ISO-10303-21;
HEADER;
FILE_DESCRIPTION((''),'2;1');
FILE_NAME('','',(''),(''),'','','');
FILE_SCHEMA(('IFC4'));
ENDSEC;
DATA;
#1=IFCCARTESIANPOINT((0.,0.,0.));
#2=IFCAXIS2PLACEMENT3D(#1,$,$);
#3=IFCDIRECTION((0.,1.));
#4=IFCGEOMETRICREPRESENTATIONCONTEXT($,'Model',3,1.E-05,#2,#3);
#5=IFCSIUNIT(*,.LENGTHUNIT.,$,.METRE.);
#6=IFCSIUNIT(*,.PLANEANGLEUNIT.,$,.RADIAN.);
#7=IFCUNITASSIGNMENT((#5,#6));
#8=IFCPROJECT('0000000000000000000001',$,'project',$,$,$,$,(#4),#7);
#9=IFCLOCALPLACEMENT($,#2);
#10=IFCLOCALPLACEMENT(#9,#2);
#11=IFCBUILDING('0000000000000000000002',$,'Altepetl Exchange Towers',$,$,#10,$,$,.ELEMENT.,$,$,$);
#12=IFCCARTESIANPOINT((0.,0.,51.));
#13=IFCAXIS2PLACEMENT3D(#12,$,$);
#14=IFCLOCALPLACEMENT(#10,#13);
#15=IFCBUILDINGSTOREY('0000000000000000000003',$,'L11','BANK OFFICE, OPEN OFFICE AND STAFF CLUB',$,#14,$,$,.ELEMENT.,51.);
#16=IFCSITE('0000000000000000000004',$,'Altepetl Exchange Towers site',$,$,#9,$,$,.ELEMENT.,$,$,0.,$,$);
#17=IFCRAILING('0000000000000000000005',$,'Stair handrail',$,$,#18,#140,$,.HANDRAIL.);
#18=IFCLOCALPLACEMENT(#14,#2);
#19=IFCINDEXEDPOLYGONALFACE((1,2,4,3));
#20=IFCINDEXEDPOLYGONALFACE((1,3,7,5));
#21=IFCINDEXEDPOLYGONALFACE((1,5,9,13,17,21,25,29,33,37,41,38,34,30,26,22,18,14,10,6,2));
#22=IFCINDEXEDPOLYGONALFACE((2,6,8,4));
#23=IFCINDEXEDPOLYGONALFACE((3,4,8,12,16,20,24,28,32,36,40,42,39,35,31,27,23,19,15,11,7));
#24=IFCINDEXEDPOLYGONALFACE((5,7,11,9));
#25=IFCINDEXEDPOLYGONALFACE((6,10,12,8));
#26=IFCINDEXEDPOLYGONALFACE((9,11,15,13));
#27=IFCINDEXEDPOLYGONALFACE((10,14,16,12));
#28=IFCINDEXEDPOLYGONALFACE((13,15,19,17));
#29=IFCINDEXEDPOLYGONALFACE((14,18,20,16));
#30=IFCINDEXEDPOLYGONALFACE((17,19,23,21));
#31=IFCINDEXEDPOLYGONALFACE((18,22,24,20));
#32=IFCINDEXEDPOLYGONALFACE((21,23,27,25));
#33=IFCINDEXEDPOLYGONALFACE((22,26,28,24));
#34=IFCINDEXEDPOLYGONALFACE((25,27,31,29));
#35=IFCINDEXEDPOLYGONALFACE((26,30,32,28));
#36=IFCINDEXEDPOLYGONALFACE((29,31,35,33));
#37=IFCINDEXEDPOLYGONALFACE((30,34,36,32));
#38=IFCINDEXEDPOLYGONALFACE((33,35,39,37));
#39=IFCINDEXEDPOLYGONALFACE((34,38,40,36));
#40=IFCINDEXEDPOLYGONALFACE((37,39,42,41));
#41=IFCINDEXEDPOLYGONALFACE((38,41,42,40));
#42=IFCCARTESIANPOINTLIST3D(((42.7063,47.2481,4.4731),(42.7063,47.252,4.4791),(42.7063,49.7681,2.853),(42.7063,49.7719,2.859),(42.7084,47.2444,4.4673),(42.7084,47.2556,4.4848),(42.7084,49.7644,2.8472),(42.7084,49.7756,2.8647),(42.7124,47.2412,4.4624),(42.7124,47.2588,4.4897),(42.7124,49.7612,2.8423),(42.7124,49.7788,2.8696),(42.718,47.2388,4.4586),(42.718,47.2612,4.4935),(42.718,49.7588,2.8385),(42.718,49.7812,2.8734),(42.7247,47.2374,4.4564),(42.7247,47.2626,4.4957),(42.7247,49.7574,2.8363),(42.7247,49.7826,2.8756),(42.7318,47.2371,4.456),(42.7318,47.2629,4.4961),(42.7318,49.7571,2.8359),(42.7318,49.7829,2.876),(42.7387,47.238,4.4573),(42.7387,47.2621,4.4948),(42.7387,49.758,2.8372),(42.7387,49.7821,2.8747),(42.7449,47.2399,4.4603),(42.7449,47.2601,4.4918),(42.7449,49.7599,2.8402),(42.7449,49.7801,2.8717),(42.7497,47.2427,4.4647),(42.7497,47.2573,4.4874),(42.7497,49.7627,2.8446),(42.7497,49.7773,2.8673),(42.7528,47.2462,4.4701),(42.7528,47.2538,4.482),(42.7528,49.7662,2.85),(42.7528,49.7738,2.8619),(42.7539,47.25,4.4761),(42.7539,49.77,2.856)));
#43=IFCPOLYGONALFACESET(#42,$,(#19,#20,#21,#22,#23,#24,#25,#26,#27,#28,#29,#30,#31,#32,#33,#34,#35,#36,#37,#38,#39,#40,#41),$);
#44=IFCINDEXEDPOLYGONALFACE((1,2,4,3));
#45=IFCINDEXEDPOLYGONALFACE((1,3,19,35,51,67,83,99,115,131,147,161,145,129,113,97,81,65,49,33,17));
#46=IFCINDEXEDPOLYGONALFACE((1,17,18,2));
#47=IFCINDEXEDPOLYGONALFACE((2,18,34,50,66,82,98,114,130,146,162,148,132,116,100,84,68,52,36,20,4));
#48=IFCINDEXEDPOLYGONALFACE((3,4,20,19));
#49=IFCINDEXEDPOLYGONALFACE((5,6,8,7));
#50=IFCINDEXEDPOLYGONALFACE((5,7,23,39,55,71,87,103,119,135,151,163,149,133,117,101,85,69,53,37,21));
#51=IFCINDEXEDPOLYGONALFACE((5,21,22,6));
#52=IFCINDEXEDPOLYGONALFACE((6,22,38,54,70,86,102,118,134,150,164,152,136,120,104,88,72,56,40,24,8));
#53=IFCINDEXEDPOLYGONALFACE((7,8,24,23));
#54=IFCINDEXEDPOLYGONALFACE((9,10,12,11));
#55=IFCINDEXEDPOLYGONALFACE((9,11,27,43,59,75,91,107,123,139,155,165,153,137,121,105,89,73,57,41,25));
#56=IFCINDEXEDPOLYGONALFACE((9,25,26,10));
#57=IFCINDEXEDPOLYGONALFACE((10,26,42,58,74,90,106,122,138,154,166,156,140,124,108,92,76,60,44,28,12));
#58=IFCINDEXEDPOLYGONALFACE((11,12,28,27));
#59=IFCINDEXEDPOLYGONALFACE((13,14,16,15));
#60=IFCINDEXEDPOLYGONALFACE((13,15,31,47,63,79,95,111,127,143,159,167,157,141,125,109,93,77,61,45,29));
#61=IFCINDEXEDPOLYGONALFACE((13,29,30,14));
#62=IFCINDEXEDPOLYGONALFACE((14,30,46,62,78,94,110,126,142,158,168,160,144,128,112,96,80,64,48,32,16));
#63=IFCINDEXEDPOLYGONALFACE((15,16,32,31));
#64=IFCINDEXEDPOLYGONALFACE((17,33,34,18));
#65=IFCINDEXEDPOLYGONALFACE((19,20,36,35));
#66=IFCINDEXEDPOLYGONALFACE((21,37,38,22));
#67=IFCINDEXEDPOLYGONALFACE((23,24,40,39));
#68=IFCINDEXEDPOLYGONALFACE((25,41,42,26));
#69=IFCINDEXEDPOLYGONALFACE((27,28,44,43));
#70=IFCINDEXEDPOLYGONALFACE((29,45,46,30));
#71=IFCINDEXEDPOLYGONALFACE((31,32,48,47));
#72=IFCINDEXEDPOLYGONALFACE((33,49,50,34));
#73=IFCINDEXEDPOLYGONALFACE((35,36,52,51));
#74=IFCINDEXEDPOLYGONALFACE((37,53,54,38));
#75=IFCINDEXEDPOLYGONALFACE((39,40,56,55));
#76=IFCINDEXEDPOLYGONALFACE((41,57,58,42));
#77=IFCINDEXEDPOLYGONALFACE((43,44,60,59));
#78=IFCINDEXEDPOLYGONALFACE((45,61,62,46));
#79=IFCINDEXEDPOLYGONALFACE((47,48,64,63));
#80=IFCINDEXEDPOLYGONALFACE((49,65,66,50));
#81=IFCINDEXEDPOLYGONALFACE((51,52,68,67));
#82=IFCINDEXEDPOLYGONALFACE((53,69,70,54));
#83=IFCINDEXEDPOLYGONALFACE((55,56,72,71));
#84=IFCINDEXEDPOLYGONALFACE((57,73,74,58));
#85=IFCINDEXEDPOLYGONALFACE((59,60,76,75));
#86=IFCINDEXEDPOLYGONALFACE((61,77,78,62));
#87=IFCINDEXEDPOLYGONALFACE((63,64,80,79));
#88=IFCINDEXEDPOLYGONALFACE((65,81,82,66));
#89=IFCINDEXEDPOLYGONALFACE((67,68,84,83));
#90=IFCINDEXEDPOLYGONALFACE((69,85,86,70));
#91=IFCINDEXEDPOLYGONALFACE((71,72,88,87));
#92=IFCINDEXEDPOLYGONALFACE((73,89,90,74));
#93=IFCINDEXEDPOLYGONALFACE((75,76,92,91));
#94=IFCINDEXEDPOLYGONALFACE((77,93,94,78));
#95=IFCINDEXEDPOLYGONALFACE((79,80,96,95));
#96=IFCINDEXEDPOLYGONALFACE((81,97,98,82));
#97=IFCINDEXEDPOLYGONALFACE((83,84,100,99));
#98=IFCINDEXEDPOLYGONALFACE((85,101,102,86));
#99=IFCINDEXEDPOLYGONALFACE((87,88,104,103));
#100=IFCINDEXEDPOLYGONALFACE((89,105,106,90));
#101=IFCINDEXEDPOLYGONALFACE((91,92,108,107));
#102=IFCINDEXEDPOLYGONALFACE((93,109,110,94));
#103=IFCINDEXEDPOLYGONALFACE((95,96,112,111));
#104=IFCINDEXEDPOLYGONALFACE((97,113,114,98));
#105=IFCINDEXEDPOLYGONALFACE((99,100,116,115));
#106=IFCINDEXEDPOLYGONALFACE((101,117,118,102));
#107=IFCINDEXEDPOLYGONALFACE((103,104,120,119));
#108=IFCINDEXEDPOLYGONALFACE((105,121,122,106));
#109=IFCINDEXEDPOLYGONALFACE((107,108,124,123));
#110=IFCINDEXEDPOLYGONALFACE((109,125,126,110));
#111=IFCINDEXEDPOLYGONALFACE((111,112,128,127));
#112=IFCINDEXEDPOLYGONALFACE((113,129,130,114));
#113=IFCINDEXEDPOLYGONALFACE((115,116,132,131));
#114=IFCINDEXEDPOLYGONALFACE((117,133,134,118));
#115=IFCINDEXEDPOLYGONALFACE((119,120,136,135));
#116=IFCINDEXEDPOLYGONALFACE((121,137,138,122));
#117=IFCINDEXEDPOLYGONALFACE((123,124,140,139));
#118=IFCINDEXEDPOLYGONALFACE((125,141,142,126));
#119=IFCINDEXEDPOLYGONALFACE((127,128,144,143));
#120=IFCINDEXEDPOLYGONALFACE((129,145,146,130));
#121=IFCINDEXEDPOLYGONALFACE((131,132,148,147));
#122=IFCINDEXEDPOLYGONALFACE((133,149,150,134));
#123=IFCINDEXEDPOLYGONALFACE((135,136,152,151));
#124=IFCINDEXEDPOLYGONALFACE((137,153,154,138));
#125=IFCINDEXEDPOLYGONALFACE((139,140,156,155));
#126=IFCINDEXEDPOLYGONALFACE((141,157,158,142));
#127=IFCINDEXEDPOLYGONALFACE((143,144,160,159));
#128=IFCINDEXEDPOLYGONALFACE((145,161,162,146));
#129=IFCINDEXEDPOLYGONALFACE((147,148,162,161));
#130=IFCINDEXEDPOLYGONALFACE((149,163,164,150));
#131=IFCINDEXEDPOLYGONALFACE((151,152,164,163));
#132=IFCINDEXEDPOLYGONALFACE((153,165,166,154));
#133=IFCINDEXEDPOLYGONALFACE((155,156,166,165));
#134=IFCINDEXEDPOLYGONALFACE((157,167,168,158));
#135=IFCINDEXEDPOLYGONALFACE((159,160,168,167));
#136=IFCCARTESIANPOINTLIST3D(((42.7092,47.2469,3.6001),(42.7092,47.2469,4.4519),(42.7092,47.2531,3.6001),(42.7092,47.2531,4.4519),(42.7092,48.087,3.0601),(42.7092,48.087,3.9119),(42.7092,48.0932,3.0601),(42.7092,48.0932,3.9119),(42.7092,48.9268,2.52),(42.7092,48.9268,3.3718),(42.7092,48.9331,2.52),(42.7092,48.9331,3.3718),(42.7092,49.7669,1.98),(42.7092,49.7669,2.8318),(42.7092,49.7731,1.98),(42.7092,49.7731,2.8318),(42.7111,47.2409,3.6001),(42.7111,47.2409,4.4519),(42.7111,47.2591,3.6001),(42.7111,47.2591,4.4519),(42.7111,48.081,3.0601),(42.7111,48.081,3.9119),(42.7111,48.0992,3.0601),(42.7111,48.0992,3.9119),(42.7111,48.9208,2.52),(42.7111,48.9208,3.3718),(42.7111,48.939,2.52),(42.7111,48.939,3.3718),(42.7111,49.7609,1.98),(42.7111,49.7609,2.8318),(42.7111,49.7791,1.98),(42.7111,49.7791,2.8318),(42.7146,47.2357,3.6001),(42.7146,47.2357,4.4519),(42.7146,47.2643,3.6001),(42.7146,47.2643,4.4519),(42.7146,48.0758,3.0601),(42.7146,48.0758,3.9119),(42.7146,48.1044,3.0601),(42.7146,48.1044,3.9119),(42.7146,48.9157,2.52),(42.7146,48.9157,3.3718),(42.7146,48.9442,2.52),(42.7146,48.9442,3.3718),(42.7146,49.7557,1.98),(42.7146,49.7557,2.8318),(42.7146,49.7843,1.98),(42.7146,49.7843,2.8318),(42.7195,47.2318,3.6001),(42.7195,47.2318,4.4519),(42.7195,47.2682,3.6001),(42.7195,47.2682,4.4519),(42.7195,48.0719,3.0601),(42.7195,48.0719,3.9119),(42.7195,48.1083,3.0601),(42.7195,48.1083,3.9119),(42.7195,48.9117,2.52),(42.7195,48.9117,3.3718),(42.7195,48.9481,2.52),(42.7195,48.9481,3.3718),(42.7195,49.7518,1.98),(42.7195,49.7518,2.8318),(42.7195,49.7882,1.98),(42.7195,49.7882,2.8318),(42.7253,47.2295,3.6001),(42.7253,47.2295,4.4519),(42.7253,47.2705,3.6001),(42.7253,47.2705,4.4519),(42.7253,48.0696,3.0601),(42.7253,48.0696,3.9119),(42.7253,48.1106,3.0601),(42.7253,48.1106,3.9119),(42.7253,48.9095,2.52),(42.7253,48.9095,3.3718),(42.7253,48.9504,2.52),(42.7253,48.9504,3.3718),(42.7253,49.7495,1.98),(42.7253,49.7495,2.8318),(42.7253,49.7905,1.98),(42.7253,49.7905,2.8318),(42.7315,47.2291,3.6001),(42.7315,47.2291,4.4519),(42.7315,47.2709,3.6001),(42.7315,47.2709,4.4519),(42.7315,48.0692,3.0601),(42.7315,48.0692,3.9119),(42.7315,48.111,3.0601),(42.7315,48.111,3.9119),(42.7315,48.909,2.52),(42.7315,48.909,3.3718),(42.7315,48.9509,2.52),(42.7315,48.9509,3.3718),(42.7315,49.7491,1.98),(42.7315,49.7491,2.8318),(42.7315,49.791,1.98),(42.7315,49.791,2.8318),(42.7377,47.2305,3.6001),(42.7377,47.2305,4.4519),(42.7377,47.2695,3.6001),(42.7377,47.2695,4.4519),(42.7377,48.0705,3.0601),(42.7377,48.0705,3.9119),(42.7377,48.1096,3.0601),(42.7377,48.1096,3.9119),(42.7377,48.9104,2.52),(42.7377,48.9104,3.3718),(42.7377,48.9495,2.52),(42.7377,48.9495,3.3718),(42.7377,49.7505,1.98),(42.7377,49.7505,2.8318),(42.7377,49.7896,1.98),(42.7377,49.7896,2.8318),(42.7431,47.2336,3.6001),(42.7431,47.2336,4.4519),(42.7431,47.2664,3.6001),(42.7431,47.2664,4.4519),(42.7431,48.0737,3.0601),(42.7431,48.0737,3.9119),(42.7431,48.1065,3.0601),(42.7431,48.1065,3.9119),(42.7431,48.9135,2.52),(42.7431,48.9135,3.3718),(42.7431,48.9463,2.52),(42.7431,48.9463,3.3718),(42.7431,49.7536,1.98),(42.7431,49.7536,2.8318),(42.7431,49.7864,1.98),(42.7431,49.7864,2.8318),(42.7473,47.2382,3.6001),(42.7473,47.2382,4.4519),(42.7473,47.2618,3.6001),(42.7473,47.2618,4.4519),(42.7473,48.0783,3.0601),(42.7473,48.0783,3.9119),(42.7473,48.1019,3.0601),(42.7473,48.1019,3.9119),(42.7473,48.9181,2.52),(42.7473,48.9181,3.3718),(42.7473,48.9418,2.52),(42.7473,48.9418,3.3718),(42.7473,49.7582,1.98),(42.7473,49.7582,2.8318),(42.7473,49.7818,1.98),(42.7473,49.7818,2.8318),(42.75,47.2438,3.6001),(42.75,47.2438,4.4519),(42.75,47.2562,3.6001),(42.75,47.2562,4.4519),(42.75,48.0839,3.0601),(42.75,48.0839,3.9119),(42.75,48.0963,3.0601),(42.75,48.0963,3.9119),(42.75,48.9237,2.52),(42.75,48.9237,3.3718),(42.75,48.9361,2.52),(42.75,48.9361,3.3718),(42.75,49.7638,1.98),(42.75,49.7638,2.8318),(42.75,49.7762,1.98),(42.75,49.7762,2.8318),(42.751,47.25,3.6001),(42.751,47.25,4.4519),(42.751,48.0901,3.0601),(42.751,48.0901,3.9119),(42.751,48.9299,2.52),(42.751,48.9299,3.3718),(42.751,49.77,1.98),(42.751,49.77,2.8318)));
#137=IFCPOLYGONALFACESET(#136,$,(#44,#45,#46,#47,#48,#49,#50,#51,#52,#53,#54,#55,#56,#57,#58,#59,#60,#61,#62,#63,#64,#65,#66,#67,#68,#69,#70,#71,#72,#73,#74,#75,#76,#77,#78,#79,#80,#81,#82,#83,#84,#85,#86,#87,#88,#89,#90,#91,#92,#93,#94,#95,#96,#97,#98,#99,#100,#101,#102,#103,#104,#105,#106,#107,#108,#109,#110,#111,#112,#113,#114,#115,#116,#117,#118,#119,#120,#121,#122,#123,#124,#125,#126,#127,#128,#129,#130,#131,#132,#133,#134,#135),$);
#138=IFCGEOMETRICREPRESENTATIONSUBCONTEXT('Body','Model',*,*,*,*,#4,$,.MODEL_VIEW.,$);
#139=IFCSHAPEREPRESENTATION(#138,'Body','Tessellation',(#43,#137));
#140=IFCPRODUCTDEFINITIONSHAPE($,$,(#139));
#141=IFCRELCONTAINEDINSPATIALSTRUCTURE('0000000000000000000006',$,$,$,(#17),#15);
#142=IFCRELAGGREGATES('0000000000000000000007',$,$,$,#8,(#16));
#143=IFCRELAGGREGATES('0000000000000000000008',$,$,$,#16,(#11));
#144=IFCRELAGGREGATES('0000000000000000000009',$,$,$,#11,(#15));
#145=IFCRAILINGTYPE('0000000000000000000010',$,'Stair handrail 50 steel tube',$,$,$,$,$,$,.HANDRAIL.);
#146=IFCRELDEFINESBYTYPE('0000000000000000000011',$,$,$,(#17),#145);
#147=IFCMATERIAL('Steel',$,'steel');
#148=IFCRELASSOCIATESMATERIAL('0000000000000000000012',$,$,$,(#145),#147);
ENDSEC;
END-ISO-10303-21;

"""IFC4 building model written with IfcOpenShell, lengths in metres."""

from ifc_helpers import new_model, si_unit, direction, frame, origin, origin_2d, place, context, subcontext, project, spatial, circle, extrude, source, transform, mapped, material, type_object, element, save


model = new_model("IFC4")

# Units and contexts
model_context = context("Model", 3, precision=1e-05, world=origin(), true_north=direction((0.0, 1.0)))
body_context = subcontext(model_context, "Body", "Model", "MODEL_VIEW")
ifc_project = project(units=[si_unit("LENGTHUNIT", "METRE"), si_unit("PLANEANGLEUNIT", "RADIAN")], contexts=[model_context])

# Site, building, storey
site_placement = place(None, origin())
site = spatial("IfcSite", under=ifc_project, at=site_placement, Name="Altepetl Exchange Towers site", CompositionType="ELEMENT", RefElevation=0.0)
building_placement = place(site_placement, origin())
building = spatial("IfcBuilding", under=site, at=building_placement, Name="Altepetl Exchange Towers", CompositionType="ELEMENT")
storey_placement = place(building_placement, frame((0.0, 0.0, 51.0)))
storey = spatial("IfcBuildingStorey", under=building, at=storey_placement, Name="L11", Description="BANK OFFICE, OPEN OFFICE AND STAFF CLUB", CompositionType="ELEMENT", Elevation=51.0)

# Railing
ifc_material_1 = material(Name="Steel", Category="steel")
railing_type = type_object("IfcRailingType", Name="Stair handrail 50 steel tube", PredefinedType="HANDRAIL", material=ifc_material_1)
shared_shape = source(origin(), body_context, "Body", "SweptSolid", [
    extrude(circle(Radius=0.021, at=origin_2d()), origin(), (0.0, 0.0, 1.0), 0.8518),
])
railing_1_placement = place(storey_placement, frame((42.73, 49.77, 1.98)))
element("IfcRailing", 1, at=railing_1_placement, inside=storey, type_object=railing_type, Name="Stair handrail", PredefinedType="HANDRAIL", context=body_context, shape_type="SweptSolid", body=[
    extrude(circle(Radius=0.0239, at=origin_2d()), frame((0.0, 0.0, 0.876), z_axis=(0.0, -0.841163, 0.540782), x_axis=(1.0, 0.0, 0.0)), (0.0, 0.0, 1.0), 2.9958),
    mapped(shared_shape, transform((0.0, 0.0, 0.0))),
    mapped(shared_shape, transform((0.0, -0.8401, 0.54))),
    mapped(shared_shape, transform((0.0, -1.6799, 1.0801))),
    mapped(shared_shape, transform((0.0, -2.52, 1.6201))),
])

save(model, "model.ifc")
